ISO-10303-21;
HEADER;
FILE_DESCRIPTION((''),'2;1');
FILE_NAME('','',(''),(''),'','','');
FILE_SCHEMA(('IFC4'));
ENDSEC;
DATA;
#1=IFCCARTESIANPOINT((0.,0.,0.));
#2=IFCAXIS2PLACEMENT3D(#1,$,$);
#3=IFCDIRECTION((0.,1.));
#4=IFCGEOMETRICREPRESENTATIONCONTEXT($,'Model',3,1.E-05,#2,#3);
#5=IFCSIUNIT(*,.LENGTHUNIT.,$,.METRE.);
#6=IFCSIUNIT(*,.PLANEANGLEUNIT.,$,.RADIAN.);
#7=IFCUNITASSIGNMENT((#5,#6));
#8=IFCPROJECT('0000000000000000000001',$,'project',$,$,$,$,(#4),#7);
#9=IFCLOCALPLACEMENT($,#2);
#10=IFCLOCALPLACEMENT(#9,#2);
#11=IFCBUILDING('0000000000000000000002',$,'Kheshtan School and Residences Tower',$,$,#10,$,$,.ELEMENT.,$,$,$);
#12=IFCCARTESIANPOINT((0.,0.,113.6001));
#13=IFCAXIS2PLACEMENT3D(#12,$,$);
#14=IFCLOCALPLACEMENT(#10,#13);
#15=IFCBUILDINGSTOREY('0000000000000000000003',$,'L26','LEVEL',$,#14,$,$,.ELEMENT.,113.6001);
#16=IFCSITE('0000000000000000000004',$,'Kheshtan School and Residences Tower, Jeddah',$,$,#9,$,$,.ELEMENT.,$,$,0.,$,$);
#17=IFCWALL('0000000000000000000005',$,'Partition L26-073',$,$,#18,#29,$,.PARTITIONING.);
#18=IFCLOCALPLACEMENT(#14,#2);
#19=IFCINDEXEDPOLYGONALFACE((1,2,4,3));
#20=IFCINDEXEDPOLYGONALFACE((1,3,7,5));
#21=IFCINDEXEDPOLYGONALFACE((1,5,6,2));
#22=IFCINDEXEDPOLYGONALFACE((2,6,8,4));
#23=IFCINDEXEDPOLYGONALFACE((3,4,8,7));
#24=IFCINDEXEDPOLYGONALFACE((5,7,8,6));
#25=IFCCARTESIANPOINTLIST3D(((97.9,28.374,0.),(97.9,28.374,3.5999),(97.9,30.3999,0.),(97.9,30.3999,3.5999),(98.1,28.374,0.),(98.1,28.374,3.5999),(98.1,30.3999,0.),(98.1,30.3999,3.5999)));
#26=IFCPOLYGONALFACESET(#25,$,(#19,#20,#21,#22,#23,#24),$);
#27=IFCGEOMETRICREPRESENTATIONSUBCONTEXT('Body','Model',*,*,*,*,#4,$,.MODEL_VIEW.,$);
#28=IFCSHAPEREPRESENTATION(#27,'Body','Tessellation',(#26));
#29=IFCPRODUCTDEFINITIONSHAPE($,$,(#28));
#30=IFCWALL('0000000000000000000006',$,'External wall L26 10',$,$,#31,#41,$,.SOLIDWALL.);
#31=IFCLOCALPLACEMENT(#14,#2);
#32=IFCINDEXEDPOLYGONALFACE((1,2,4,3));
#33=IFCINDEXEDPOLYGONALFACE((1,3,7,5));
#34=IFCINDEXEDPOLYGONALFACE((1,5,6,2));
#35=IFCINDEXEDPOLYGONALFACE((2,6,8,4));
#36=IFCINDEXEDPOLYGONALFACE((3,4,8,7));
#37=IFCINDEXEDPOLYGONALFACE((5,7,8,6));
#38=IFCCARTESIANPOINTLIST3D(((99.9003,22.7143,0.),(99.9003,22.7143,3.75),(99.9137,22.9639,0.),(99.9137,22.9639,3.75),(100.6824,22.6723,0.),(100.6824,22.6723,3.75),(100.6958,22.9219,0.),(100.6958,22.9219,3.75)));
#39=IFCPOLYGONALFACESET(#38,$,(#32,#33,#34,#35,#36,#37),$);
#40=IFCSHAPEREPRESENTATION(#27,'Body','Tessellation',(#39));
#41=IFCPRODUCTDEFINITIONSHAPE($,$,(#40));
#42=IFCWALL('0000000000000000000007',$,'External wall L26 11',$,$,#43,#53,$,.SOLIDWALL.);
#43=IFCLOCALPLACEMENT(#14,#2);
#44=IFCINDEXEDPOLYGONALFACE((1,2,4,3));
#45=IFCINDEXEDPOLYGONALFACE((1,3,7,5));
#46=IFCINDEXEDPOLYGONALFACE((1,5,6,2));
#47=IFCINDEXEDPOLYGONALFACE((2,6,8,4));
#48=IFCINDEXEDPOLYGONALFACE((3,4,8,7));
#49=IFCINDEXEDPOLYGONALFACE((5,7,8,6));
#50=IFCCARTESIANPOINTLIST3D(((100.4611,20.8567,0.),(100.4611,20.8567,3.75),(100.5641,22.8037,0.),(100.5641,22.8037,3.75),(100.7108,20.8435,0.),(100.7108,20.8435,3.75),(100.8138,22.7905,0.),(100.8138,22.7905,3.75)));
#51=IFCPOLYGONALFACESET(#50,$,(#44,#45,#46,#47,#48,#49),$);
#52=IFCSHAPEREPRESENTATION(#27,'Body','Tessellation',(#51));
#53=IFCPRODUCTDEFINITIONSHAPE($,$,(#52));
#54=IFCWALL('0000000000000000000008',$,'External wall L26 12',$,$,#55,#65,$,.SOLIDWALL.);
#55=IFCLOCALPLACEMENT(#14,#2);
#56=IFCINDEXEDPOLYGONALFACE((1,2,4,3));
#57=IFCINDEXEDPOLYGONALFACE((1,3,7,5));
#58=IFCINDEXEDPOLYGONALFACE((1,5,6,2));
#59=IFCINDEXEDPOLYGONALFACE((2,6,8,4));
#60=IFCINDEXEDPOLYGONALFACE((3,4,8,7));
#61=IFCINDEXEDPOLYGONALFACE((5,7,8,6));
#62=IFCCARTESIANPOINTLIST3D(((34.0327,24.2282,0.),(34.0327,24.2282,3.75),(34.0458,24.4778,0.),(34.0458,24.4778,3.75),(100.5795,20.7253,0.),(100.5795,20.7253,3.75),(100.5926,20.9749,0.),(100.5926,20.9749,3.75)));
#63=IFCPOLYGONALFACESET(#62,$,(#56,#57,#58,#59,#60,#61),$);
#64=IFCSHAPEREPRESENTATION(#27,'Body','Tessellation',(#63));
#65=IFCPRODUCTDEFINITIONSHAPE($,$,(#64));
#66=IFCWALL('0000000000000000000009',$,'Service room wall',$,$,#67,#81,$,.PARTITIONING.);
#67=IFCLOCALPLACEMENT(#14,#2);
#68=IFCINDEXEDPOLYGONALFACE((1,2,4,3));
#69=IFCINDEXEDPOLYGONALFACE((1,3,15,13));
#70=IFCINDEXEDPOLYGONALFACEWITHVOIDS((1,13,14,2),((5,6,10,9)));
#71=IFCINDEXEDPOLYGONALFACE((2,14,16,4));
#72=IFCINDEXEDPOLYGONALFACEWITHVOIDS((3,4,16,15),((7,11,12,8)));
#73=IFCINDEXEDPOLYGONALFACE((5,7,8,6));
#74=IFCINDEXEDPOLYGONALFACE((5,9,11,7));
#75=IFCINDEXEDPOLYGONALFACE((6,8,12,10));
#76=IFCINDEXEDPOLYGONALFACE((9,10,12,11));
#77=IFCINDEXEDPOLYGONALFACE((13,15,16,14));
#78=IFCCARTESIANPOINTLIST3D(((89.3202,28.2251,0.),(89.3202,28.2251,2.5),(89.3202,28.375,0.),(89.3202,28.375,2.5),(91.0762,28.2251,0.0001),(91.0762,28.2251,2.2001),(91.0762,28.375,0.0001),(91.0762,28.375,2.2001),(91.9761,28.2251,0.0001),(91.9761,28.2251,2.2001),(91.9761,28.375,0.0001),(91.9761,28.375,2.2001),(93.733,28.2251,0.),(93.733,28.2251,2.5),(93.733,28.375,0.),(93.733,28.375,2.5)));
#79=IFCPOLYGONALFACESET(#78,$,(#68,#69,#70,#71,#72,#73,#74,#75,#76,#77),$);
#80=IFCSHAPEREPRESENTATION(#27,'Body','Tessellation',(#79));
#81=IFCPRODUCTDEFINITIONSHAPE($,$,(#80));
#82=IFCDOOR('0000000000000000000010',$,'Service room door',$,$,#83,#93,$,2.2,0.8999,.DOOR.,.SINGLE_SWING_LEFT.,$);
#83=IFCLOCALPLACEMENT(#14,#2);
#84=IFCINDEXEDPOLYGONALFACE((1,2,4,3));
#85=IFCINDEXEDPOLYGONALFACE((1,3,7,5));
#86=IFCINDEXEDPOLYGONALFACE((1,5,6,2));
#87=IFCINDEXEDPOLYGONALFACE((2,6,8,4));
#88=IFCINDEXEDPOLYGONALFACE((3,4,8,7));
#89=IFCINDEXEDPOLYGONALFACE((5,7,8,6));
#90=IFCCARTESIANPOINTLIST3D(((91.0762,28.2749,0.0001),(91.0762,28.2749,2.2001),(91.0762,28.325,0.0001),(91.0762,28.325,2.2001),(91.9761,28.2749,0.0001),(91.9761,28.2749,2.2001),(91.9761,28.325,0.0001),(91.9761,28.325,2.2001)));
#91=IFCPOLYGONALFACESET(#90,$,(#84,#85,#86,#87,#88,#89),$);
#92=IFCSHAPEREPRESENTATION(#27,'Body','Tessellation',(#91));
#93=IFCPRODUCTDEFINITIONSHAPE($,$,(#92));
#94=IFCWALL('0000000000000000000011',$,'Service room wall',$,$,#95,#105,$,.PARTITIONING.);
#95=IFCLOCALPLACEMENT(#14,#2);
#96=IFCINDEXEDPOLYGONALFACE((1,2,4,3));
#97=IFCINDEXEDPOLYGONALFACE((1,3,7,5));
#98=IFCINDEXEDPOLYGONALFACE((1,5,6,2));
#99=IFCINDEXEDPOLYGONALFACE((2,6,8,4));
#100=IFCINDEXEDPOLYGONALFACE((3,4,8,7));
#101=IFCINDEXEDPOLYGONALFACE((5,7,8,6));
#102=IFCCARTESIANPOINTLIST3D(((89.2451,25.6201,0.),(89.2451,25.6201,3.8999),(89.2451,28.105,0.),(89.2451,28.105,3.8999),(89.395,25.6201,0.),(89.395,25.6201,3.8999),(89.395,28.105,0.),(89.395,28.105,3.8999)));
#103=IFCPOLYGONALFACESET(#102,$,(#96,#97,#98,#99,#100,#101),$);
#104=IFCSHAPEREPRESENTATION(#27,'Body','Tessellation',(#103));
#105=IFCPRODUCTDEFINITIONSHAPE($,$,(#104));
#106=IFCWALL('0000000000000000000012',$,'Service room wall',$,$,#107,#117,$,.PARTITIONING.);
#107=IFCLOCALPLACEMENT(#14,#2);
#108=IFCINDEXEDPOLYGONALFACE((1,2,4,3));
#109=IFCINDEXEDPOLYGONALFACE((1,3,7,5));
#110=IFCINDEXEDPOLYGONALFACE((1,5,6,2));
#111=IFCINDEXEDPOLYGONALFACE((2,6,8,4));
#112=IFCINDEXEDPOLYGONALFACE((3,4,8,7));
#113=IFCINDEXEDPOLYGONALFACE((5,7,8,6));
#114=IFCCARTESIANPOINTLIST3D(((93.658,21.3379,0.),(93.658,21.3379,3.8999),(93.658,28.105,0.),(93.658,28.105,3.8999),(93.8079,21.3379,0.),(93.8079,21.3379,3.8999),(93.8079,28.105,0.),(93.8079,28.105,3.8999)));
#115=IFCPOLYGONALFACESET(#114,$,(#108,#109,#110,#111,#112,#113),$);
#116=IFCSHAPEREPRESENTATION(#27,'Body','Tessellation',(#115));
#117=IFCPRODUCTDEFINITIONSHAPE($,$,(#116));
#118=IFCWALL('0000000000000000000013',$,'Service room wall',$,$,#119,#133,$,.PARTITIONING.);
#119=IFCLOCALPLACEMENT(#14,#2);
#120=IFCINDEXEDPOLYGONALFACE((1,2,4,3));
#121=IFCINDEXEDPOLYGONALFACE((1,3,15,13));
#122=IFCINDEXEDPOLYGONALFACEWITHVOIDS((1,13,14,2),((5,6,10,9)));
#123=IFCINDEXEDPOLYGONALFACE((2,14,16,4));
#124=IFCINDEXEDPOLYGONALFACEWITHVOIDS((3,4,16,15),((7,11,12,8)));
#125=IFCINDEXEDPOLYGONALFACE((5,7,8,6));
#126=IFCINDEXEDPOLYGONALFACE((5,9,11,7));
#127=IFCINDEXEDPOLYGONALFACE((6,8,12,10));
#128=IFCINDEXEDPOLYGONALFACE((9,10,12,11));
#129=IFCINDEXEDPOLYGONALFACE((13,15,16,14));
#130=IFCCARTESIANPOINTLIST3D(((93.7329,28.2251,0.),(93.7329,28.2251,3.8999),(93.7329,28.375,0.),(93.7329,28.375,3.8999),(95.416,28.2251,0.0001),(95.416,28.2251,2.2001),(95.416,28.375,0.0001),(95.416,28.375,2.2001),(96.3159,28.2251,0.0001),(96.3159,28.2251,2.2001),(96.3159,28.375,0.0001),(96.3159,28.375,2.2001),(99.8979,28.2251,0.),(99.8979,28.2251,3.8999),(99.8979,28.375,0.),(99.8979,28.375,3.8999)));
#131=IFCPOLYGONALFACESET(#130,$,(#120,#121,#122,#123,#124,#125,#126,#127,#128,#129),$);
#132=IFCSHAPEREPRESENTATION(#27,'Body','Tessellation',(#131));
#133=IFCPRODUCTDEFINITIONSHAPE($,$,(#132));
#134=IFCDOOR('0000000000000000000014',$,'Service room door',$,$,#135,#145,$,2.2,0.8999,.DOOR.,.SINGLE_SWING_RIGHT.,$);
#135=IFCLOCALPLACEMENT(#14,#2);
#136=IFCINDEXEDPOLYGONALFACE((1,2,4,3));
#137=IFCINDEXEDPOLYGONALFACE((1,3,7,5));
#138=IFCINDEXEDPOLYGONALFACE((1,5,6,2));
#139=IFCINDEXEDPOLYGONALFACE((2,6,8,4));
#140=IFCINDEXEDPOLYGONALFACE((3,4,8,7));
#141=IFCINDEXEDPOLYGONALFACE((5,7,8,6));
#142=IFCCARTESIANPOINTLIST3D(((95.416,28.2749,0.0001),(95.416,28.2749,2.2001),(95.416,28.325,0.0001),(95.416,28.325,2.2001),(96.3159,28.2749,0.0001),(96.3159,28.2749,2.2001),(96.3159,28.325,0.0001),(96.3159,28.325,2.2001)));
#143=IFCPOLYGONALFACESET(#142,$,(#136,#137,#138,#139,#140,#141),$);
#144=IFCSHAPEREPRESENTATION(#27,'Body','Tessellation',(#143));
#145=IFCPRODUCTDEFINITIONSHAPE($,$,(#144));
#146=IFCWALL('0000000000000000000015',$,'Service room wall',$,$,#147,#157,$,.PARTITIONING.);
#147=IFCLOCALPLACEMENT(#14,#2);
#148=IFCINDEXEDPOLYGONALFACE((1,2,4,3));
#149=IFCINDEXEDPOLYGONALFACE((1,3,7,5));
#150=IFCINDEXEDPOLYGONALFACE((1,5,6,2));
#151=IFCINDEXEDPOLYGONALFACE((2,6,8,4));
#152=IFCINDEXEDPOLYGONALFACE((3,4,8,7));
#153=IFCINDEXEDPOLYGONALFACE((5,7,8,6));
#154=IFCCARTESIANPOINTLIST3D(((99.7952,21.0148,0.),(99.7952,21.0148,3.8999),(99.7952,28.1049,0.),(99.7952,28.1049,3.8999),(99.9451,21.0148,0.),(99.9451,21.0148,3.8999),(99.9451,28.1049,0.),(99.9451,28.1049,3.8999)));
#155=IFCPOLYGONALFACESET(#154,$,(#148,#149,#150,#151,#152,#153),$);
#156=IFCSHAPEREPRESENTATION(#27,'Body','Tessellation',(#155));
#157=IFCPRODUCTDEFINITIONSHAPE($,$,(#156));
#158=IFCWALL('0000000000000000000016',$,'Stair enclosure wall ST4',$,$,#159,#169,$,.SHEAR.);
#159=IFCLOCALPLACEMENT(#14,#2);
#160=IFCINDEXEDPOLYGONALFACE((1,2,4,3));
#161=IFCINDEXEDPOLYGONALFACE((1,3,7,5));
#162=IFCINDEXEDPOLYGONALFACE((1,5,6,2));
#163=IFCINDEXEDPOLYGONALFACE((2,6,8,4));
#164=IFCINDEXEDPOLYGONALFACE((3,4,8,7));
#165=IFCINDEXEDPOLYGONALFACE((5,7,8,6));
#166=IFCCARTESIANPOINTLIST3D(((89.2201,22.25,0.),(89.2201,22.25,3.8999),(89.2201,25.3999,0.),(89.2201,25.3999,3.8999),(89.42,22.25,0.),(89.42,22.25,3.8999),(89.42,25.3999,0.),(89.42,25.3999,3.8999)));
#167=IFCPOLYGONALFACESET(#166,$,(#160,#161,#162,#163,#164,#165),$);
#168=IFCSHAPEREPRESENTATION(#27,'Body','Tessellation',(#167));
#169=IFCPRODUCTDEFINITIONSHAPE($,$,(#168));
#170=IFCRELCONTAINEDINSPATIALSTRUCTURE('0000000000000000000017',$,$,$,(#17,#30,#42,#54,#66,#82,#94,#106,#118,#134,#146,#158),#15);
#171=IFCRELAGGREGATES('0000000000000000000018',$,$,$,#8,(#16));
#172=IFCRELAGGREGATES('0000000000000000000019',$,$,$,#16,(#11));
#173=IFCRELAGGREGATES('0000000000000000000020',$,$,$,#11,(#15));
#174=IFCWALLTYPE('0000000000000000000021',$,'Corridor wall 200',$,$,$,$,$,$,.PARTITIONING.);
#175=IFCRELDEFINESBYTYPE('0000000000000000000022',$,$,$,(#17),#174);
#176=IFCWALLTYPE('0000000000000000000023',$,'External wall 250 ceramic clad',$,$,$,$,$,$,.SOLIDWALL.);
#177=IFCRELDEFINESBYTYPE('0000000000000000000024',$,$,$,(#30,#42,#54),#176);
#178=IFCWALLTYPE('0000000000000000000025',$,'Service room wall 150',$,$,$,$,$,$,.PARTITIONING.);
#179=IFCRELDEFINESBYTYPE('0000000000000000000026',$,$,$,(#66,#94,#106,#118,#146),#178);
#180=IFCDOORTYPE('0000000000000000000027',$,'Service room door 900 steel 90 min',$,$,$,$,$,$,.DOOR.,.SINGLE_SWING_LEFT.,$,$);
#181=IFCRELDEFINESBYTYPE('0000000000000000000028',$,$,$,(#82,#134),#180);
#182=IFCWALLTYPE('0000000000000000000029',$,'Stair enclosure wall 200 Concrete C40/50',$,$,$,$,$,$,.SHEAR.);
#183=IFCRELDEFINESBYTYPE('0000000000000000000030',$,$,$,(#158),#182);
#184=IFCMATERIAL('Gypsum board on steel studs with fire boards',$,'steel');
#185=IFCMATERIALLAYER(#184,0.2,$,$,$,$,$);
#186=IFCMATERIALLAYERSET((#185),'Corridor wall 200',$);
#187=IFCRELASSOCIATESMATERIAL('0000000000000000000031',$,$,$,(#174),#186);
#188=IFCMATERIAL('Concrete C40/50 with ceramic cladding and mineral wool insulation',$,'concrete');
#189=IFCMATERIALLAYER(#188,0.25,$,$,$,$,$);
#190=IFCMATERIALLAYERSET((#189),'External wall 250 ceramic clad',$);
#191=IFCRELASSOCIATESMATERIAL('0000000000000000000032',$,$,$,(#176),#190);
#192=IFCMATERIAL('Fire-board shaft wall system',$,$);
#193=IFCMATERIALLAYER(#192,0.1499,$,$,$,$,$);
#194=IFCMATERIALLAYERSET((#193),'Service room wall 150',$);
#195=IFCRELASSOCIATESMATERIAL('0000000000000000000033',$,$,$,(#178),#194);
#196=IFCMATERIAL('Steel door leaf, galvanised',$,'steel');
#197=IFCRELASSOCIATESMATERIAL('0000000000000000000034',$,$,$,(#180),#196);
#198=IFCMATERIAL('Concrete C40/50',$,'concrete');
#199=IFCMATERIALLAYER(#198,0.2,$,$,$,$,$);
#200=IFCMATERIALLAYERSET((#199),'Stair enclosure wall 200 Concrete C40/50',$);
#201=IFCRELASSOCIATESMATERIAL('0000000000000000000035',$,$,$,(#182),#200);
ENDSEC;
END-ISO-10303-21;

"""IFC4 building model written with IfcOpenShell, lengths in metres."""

from ifc_helpers import new_model, si_unit, direction, frame, frame_2d, origin, place, context, subcontext, project, spatial, rectangle, extrude, source, transform, mapped, material, layer, layer_set, type_object, element, fill, save


model = new_model("IFC4")

# Units and contexts
model_context = context("Model", 3, precision=1e-05, world=origin(), true_north=direction((0.0, 1.0)))
body_context = subcontext(model_context, "Body", "Model", "MODEL_VIEW")
ifc_project = project(units=[si_unit("LENGTHUNIT", "METRE"), si_unit("PLANEANGLEUNIT", "RADIAN")], contexts=[model_context])

# Site, building, storey
site_placement = place(None, origin())
site = spatial("IfcSite", under=ifc_project, at=site_placement, Name="Kheshtan School and Residences Tower, Jeddah", CompositionType="ELEMENT", RefElevation=0.0)
building_placement = place(site_placement, origin())
building = spatial("IfcBuilding", under=site, at=building_placement, Name="Kheshtan School and Residences Tower", CompositionType="ELEMENT")
storey_placement = place(building_placement, frame((0.0, 0.0, 113.6001)))
storey = spatial("IfcBuildingStorey", under=building, at=storey_placement, Name="L26", Description="LEVEL", CompositionType="ELEMENT", Elevation=113.6001)

# Walls
ifc_material_1 = material(Name="Gypsum board on steel studs with fire boards", Category="steel")
ifc_layer_1 = layer(ifc_material_1, 0.2)
ifc_layer_set_1 = layer_set([ifc_layer_1], Name="Corridor wall 200")
wall_type_1 = type_object("IfcWallType", Name="Corridor wall 200", PredefinedType="PARTITIONING", material=ifc_layer_set_1)
wall_1_placement = place(storey_placement, frame((98.0, 28.374, 0.0), z_axis=(0.0, 0.0, 1.0), x_axis=(0.0, 1.0, 0.0)))
element("IfcWall", 1, at=wall_1_placement, inside=storey, type_object=wall_type_1, Name="Partition L26-073", PredefinedType="PARTITIONING", context=body_context, shape_type="SweptSolid", body=[
    extrude(rectangle(XDim=2.0259, YDim=0.2, at=frame_2d((1.0129, 0.0))), origin(), (0.0, 0.0, 1.0), 3.5999),
])
ifc_material_2 = material(Name="Concrete C40/50 with ceramic cladding and mineral wool insulation", Category="concrete")
ifc_layer_2 = layer(ifc_material_2, 0.25)
ifc_layer_set_2 = layer_set([ifc_layer_2], Name="External wall 250 ceramic clad")
wall_type_2 = type_object("IfcWallType", Name="External wall 250 ceramic clad", PredefinedType="SOLIDWALL", material=ifc_layer_set_2)
wall_2_placement = place(storey_placement, frame((99.907, 22.8391, 0.0), z_axis=(0.0, 0.0, 1.0), x_axis=(0.998561, -0.053622, 0.0)))
element("IfcWall", 2, at=wall_2_placement, inside=storey, type_object=wall_type_2, Name="External wall L26 10", PredefinedType="SOLIDWALL", context=body_context, shape_type="SweptSolid", body=[
    extrude(rectangle(XDim=0.7832, YDim=0.25, at=frame_2d((0.3916, 0.0))), origin(), (0.0, 0.0, 1.0), 3.75),
])
wall_3_placement = place(storey_placement, frame((100.689, 22.7971, 0.0), z_axis=(0.0, 0.0, 1.0), x_axis=(-0.052841, -0.998603, 0.0)))
element("IfcWall", 3, at=wall_3_placement, inside=storey, type_object=wall_type_2, Name="External wall L26 11", PredefinedType="SOLIDWALL", context=body_context, shape_type="SweptSolid", body=[
    extrude(rectangle(XDim=1.9497, YDim=0.25, at=frame_2d((0.9749, 0.0))), origin(), (0.0, 0.0, 1.0), 3.75),
])
wall_4_placement = place(storey_placement, frame((100.5859, 20.8501, 0.0), z_axis=(0.0, 0.0, 1.0), x_axis=(-0.998617, 0.052566, 0.0)))
element("IfcWall", 4, at=wall_4_placement, inside=storey, type_object=wall_type_2, Name="External wall L26 12", PredefinedType="SOLIDWALL", context=body_context, shape_type="SweptSolid", body=[
    extrude(rectangle(XDim=66.6389, YDim=0.25, at=frame_2d((33.3193, 0.0))), origin(), (0.0, 0.0, 1.0), 3.75),
])

# Wall, opening, door
ifc_material_3 = material(Name="Fire-board shaft wall system")
ifc_layer_3 = layer(ifc_material_3, 0.1499)
ifc_layer_set_3 = layer_set([ifc_layer_3], Name="Service room wall 150")
wall_type_3 = type_object("IfcWallType", Name="Service room wall 150", PredefinedType="PARTITIONING", material=ifc_layer_set_3)
wall_5_placement = place(storey_placement, frame((89.3201, 28.3, 0.0), z_axis=(0.0, 0.0, 1.0), x_axis=(1.0, 0.0, 0.0)))
wall_5 = element("IfcWall", 5, at=wall_5_placement, inside=storey, type_object=wall_type_3, Name="Service room wall", PredefinedType="PARTITIONING", context=body_context, shape_type="SweptSolid", body=[
    extrude(rectangle(XDim=4.4128, YDim=0.1499, at=frame_2d((2.2065, 0.0))), origin(), (0.0, 0.0, 1.0), 2.5),
])
opening_1_placement = place(wall_5_placement, frame((1.7561, 0.0, 0.0)))
opening_1 = element("IfcOpeningElement", 6, at=opening_1_placement, cuts=wall_5, PredefinedType="OPENING", context=body_context, shape_type="SweptSolid", body=[
    extrude(rectangle(XDim=0.8999, YDim=2.2, at=frame_2d((0.45, 1.1001))), frame((0.0, 0.085, 0.0), z_axis=(0.0, -1.0, 0.0), x_axis=(1.0, 0.0, 0.0)), (0.0, 0.0, 1.0), 0.1699),
])
ifc_material_4 = material(Name="Steel door leaf, galvanised", Category="steel")
door_type = type_object("IfcDoorType", Name="Service room door 900 steel 90 min", OperationType="SINGLE_SWING_LEFT", PredefinedType="DOOR", material=ifc_material_4)
shared_shape = source(origin(), body_context, "Body", "SweptSolid", [
    extrude(rectangle(XDim=0.8999, YDim=2.2, at=frame_2d((0.45, 1.1001))), frame((0.0, 0.0249, 0.0), z_axis=(0.0, -1.0, 0.0), x_axis=(1.0, 0.0, 0.0)), (0.0, 0.0, 1.0), 0.05),
])
door_1_placement = place(opening_1_placement, origin())
door_1 = element("IfcDoor", 7, at=door_1_placement, inside=storey, type_object=door_type, Name="Service room door", OperationType="SINGLE_SWING_LEFT", OverallHeight=2.2, OverallWidth=0.8999, PredefinedType="DOOR", context=body_context, shape_type="MappedRepresentation", body=[
    mapped(shared_shape, transform((0.0, 0.0, 0.0), x_axis=(1.0, 0.0, 0.0), y_axis=(0.0, 1.0, 0.0), z_axis=(0.0, 0.0, 1.0), scale=1.0)),
])
fill(opening_1, door_1)

# Walls
wall_6_placement = place(storey_placement, frame((89.3201, 25.6201, 0.0), z_axis=(0.0, 0.0, 1.0), x_axis=(0.0, 1.0, 0.0)))
element("IfcWall", 8, at=wall_6_placement, inside=storey, type_object=wall_type_3, Name="Service room wall", PredefinedType="PARTITIONING", context=body_context, shape_type="SweptSolid", body=[
    extrude(rectangle(XDim=2.4849, YDim=0.1499, at=frame_2d((1.2424, 0.0))), origin(), (0.0, 0.0, 1.0), 3.8999),
])
wall_7_placement = place(storey_placement, frame((93.7329, 21.3379, 0.0), z_axis=(0.0, 0.0, 1.0), x_axis=(0.0, 1.0, 0.0)))
element("IfcWall", 9, at=wall_7_placement, inside=storey, type_object=wall_type_3, Name="Service room wall", PredefinedType="PARTITIONING", context=body_context, shape_type="SweptSolid", body=[
    extrude(rectangle(XDim=6.7671, YDim=0.1499, at=frame_2d((3.3835, 0.0))), origin(), (0.0, 0.0, 1.0), 3.8999),
])

# Wall, opening, door
wall_8_placement = place(storey_placement, frame((93.7329, 28.3, 0.0), z_axis=(0.0, 0.0, 1.0), x_axis=(1.0, 0.0, 0.0)))
wall_8 = element("IfcWall", 10, at=wall_8_placement, inside=storey, type_object=wall_type_3, Name="Service room wall", PredefinedType="PARTITIONING", context=body_context, shape_type="SweptSolid", body=[
    extrude(rectangle(XDim=6.165, YDim=0.1499, at=frame_2d((3.0825, 0.0))), origin(), (0.0, 0.0, 1.0), 3.8999),
])
opening_2_placement = place(wall_8_placement, frame((1.6831, 0.0, 0.0)))
opening_2 = element("IfcOpeningElement", 11, at=opening_2_placement, cuts=wall_8, PredefinedType="OPENING", context=body_context, shape_type="SweptSolid", body=[
    extrude(rectangle(XDim=0.8999, YDim=2.2, at=frame_2d((0.45, 1.1001))), frame((0.0, 0.085, 0.0), z_axis=(0.0, -1.0, 0.0), x_axis=(1.0, 0.0, 0.0)), (0.0, 0.0, 1.0), 0.1699),
])
door_2_placement = place(opening_2_placement, origin())
door_2 = element("IfcDoor", 12, at=door_2_placement, inside=storey, type_object=door_type, Name="Service room door", OperationType="SINGLE_SWING_RIGHT", OverallHeight=2.2, OverallWidth=0.8999, PredefinedType="DOOR", context=body_context, shape_type="MappedRepresentation", body=[
    mapped(shared_shape, transform((0.0, 0.0, 0.0), x_axis=(1.0, 0.0, 0.0), y_axis=(0.0, 1.0, 0.0), z_axis=(0.0, 0.0, 1.0), scale=1.0)),
])
fill(opening_2, door_2)

# Walls
wall_9_placement = place(storey_placement, frame((99.8701, 21.0149, 0.0), z_axis=(0.0, 0.0, 1.0), x_axis=(0.0, 1.0, 0.0)))
element("IfcWall", 13, at=wall_9_placement, inside=storey, type_object=wall_type_3, Name="Service room wall", PredefinedType="PARTITIONING", context=body_context, shape_type="SweptSolid", body=[
    extrude(rectangle(XDim=7.0901, YDim=0.1499, at=frame_2d((3.5449, 0.0))), origin(), (0.0, 0.0, 1.0), 3.8999),
])
ifc_material_5 = material(Name="Concrete C40/50", Category="concrete")
ifc_layer_4 = layer(ifc_material_5, 0.2)
ifc_layer_set_4 = layer_set([ifc_layer_4], Name="Stair enclosure wall 200 Concrete C40/50")
wall_type_4 = type_object("IfcWallType", Name="Stair enclosure wall 200 Concrete C40/50", PredefinedType="SHEAR", material=ifc_layer_set_4)
wall_10_placement = place(storey_placement, frame((89.3201, 22.25, 0.0), z_axis=(0.0, 0.0, 1.0), x_axis=(0.0, 1.0, 0.0)))
element("IfcWall", 14, at=wall_10_placement, inside=storey, type_object=wall_type_4, Name="Stair enclosure wall ST4", PredefinedType="SHEAR", context=body_context, shape_type="SweptSolid", body=[
    extrude(rectangle(XDim=3.1499, YDim=0.2, at=frame_2d((1.575, 0.0))), origin(), (0.0, 0.0, 1.0), 3.8999),
])

save(model, "model.ifc")
